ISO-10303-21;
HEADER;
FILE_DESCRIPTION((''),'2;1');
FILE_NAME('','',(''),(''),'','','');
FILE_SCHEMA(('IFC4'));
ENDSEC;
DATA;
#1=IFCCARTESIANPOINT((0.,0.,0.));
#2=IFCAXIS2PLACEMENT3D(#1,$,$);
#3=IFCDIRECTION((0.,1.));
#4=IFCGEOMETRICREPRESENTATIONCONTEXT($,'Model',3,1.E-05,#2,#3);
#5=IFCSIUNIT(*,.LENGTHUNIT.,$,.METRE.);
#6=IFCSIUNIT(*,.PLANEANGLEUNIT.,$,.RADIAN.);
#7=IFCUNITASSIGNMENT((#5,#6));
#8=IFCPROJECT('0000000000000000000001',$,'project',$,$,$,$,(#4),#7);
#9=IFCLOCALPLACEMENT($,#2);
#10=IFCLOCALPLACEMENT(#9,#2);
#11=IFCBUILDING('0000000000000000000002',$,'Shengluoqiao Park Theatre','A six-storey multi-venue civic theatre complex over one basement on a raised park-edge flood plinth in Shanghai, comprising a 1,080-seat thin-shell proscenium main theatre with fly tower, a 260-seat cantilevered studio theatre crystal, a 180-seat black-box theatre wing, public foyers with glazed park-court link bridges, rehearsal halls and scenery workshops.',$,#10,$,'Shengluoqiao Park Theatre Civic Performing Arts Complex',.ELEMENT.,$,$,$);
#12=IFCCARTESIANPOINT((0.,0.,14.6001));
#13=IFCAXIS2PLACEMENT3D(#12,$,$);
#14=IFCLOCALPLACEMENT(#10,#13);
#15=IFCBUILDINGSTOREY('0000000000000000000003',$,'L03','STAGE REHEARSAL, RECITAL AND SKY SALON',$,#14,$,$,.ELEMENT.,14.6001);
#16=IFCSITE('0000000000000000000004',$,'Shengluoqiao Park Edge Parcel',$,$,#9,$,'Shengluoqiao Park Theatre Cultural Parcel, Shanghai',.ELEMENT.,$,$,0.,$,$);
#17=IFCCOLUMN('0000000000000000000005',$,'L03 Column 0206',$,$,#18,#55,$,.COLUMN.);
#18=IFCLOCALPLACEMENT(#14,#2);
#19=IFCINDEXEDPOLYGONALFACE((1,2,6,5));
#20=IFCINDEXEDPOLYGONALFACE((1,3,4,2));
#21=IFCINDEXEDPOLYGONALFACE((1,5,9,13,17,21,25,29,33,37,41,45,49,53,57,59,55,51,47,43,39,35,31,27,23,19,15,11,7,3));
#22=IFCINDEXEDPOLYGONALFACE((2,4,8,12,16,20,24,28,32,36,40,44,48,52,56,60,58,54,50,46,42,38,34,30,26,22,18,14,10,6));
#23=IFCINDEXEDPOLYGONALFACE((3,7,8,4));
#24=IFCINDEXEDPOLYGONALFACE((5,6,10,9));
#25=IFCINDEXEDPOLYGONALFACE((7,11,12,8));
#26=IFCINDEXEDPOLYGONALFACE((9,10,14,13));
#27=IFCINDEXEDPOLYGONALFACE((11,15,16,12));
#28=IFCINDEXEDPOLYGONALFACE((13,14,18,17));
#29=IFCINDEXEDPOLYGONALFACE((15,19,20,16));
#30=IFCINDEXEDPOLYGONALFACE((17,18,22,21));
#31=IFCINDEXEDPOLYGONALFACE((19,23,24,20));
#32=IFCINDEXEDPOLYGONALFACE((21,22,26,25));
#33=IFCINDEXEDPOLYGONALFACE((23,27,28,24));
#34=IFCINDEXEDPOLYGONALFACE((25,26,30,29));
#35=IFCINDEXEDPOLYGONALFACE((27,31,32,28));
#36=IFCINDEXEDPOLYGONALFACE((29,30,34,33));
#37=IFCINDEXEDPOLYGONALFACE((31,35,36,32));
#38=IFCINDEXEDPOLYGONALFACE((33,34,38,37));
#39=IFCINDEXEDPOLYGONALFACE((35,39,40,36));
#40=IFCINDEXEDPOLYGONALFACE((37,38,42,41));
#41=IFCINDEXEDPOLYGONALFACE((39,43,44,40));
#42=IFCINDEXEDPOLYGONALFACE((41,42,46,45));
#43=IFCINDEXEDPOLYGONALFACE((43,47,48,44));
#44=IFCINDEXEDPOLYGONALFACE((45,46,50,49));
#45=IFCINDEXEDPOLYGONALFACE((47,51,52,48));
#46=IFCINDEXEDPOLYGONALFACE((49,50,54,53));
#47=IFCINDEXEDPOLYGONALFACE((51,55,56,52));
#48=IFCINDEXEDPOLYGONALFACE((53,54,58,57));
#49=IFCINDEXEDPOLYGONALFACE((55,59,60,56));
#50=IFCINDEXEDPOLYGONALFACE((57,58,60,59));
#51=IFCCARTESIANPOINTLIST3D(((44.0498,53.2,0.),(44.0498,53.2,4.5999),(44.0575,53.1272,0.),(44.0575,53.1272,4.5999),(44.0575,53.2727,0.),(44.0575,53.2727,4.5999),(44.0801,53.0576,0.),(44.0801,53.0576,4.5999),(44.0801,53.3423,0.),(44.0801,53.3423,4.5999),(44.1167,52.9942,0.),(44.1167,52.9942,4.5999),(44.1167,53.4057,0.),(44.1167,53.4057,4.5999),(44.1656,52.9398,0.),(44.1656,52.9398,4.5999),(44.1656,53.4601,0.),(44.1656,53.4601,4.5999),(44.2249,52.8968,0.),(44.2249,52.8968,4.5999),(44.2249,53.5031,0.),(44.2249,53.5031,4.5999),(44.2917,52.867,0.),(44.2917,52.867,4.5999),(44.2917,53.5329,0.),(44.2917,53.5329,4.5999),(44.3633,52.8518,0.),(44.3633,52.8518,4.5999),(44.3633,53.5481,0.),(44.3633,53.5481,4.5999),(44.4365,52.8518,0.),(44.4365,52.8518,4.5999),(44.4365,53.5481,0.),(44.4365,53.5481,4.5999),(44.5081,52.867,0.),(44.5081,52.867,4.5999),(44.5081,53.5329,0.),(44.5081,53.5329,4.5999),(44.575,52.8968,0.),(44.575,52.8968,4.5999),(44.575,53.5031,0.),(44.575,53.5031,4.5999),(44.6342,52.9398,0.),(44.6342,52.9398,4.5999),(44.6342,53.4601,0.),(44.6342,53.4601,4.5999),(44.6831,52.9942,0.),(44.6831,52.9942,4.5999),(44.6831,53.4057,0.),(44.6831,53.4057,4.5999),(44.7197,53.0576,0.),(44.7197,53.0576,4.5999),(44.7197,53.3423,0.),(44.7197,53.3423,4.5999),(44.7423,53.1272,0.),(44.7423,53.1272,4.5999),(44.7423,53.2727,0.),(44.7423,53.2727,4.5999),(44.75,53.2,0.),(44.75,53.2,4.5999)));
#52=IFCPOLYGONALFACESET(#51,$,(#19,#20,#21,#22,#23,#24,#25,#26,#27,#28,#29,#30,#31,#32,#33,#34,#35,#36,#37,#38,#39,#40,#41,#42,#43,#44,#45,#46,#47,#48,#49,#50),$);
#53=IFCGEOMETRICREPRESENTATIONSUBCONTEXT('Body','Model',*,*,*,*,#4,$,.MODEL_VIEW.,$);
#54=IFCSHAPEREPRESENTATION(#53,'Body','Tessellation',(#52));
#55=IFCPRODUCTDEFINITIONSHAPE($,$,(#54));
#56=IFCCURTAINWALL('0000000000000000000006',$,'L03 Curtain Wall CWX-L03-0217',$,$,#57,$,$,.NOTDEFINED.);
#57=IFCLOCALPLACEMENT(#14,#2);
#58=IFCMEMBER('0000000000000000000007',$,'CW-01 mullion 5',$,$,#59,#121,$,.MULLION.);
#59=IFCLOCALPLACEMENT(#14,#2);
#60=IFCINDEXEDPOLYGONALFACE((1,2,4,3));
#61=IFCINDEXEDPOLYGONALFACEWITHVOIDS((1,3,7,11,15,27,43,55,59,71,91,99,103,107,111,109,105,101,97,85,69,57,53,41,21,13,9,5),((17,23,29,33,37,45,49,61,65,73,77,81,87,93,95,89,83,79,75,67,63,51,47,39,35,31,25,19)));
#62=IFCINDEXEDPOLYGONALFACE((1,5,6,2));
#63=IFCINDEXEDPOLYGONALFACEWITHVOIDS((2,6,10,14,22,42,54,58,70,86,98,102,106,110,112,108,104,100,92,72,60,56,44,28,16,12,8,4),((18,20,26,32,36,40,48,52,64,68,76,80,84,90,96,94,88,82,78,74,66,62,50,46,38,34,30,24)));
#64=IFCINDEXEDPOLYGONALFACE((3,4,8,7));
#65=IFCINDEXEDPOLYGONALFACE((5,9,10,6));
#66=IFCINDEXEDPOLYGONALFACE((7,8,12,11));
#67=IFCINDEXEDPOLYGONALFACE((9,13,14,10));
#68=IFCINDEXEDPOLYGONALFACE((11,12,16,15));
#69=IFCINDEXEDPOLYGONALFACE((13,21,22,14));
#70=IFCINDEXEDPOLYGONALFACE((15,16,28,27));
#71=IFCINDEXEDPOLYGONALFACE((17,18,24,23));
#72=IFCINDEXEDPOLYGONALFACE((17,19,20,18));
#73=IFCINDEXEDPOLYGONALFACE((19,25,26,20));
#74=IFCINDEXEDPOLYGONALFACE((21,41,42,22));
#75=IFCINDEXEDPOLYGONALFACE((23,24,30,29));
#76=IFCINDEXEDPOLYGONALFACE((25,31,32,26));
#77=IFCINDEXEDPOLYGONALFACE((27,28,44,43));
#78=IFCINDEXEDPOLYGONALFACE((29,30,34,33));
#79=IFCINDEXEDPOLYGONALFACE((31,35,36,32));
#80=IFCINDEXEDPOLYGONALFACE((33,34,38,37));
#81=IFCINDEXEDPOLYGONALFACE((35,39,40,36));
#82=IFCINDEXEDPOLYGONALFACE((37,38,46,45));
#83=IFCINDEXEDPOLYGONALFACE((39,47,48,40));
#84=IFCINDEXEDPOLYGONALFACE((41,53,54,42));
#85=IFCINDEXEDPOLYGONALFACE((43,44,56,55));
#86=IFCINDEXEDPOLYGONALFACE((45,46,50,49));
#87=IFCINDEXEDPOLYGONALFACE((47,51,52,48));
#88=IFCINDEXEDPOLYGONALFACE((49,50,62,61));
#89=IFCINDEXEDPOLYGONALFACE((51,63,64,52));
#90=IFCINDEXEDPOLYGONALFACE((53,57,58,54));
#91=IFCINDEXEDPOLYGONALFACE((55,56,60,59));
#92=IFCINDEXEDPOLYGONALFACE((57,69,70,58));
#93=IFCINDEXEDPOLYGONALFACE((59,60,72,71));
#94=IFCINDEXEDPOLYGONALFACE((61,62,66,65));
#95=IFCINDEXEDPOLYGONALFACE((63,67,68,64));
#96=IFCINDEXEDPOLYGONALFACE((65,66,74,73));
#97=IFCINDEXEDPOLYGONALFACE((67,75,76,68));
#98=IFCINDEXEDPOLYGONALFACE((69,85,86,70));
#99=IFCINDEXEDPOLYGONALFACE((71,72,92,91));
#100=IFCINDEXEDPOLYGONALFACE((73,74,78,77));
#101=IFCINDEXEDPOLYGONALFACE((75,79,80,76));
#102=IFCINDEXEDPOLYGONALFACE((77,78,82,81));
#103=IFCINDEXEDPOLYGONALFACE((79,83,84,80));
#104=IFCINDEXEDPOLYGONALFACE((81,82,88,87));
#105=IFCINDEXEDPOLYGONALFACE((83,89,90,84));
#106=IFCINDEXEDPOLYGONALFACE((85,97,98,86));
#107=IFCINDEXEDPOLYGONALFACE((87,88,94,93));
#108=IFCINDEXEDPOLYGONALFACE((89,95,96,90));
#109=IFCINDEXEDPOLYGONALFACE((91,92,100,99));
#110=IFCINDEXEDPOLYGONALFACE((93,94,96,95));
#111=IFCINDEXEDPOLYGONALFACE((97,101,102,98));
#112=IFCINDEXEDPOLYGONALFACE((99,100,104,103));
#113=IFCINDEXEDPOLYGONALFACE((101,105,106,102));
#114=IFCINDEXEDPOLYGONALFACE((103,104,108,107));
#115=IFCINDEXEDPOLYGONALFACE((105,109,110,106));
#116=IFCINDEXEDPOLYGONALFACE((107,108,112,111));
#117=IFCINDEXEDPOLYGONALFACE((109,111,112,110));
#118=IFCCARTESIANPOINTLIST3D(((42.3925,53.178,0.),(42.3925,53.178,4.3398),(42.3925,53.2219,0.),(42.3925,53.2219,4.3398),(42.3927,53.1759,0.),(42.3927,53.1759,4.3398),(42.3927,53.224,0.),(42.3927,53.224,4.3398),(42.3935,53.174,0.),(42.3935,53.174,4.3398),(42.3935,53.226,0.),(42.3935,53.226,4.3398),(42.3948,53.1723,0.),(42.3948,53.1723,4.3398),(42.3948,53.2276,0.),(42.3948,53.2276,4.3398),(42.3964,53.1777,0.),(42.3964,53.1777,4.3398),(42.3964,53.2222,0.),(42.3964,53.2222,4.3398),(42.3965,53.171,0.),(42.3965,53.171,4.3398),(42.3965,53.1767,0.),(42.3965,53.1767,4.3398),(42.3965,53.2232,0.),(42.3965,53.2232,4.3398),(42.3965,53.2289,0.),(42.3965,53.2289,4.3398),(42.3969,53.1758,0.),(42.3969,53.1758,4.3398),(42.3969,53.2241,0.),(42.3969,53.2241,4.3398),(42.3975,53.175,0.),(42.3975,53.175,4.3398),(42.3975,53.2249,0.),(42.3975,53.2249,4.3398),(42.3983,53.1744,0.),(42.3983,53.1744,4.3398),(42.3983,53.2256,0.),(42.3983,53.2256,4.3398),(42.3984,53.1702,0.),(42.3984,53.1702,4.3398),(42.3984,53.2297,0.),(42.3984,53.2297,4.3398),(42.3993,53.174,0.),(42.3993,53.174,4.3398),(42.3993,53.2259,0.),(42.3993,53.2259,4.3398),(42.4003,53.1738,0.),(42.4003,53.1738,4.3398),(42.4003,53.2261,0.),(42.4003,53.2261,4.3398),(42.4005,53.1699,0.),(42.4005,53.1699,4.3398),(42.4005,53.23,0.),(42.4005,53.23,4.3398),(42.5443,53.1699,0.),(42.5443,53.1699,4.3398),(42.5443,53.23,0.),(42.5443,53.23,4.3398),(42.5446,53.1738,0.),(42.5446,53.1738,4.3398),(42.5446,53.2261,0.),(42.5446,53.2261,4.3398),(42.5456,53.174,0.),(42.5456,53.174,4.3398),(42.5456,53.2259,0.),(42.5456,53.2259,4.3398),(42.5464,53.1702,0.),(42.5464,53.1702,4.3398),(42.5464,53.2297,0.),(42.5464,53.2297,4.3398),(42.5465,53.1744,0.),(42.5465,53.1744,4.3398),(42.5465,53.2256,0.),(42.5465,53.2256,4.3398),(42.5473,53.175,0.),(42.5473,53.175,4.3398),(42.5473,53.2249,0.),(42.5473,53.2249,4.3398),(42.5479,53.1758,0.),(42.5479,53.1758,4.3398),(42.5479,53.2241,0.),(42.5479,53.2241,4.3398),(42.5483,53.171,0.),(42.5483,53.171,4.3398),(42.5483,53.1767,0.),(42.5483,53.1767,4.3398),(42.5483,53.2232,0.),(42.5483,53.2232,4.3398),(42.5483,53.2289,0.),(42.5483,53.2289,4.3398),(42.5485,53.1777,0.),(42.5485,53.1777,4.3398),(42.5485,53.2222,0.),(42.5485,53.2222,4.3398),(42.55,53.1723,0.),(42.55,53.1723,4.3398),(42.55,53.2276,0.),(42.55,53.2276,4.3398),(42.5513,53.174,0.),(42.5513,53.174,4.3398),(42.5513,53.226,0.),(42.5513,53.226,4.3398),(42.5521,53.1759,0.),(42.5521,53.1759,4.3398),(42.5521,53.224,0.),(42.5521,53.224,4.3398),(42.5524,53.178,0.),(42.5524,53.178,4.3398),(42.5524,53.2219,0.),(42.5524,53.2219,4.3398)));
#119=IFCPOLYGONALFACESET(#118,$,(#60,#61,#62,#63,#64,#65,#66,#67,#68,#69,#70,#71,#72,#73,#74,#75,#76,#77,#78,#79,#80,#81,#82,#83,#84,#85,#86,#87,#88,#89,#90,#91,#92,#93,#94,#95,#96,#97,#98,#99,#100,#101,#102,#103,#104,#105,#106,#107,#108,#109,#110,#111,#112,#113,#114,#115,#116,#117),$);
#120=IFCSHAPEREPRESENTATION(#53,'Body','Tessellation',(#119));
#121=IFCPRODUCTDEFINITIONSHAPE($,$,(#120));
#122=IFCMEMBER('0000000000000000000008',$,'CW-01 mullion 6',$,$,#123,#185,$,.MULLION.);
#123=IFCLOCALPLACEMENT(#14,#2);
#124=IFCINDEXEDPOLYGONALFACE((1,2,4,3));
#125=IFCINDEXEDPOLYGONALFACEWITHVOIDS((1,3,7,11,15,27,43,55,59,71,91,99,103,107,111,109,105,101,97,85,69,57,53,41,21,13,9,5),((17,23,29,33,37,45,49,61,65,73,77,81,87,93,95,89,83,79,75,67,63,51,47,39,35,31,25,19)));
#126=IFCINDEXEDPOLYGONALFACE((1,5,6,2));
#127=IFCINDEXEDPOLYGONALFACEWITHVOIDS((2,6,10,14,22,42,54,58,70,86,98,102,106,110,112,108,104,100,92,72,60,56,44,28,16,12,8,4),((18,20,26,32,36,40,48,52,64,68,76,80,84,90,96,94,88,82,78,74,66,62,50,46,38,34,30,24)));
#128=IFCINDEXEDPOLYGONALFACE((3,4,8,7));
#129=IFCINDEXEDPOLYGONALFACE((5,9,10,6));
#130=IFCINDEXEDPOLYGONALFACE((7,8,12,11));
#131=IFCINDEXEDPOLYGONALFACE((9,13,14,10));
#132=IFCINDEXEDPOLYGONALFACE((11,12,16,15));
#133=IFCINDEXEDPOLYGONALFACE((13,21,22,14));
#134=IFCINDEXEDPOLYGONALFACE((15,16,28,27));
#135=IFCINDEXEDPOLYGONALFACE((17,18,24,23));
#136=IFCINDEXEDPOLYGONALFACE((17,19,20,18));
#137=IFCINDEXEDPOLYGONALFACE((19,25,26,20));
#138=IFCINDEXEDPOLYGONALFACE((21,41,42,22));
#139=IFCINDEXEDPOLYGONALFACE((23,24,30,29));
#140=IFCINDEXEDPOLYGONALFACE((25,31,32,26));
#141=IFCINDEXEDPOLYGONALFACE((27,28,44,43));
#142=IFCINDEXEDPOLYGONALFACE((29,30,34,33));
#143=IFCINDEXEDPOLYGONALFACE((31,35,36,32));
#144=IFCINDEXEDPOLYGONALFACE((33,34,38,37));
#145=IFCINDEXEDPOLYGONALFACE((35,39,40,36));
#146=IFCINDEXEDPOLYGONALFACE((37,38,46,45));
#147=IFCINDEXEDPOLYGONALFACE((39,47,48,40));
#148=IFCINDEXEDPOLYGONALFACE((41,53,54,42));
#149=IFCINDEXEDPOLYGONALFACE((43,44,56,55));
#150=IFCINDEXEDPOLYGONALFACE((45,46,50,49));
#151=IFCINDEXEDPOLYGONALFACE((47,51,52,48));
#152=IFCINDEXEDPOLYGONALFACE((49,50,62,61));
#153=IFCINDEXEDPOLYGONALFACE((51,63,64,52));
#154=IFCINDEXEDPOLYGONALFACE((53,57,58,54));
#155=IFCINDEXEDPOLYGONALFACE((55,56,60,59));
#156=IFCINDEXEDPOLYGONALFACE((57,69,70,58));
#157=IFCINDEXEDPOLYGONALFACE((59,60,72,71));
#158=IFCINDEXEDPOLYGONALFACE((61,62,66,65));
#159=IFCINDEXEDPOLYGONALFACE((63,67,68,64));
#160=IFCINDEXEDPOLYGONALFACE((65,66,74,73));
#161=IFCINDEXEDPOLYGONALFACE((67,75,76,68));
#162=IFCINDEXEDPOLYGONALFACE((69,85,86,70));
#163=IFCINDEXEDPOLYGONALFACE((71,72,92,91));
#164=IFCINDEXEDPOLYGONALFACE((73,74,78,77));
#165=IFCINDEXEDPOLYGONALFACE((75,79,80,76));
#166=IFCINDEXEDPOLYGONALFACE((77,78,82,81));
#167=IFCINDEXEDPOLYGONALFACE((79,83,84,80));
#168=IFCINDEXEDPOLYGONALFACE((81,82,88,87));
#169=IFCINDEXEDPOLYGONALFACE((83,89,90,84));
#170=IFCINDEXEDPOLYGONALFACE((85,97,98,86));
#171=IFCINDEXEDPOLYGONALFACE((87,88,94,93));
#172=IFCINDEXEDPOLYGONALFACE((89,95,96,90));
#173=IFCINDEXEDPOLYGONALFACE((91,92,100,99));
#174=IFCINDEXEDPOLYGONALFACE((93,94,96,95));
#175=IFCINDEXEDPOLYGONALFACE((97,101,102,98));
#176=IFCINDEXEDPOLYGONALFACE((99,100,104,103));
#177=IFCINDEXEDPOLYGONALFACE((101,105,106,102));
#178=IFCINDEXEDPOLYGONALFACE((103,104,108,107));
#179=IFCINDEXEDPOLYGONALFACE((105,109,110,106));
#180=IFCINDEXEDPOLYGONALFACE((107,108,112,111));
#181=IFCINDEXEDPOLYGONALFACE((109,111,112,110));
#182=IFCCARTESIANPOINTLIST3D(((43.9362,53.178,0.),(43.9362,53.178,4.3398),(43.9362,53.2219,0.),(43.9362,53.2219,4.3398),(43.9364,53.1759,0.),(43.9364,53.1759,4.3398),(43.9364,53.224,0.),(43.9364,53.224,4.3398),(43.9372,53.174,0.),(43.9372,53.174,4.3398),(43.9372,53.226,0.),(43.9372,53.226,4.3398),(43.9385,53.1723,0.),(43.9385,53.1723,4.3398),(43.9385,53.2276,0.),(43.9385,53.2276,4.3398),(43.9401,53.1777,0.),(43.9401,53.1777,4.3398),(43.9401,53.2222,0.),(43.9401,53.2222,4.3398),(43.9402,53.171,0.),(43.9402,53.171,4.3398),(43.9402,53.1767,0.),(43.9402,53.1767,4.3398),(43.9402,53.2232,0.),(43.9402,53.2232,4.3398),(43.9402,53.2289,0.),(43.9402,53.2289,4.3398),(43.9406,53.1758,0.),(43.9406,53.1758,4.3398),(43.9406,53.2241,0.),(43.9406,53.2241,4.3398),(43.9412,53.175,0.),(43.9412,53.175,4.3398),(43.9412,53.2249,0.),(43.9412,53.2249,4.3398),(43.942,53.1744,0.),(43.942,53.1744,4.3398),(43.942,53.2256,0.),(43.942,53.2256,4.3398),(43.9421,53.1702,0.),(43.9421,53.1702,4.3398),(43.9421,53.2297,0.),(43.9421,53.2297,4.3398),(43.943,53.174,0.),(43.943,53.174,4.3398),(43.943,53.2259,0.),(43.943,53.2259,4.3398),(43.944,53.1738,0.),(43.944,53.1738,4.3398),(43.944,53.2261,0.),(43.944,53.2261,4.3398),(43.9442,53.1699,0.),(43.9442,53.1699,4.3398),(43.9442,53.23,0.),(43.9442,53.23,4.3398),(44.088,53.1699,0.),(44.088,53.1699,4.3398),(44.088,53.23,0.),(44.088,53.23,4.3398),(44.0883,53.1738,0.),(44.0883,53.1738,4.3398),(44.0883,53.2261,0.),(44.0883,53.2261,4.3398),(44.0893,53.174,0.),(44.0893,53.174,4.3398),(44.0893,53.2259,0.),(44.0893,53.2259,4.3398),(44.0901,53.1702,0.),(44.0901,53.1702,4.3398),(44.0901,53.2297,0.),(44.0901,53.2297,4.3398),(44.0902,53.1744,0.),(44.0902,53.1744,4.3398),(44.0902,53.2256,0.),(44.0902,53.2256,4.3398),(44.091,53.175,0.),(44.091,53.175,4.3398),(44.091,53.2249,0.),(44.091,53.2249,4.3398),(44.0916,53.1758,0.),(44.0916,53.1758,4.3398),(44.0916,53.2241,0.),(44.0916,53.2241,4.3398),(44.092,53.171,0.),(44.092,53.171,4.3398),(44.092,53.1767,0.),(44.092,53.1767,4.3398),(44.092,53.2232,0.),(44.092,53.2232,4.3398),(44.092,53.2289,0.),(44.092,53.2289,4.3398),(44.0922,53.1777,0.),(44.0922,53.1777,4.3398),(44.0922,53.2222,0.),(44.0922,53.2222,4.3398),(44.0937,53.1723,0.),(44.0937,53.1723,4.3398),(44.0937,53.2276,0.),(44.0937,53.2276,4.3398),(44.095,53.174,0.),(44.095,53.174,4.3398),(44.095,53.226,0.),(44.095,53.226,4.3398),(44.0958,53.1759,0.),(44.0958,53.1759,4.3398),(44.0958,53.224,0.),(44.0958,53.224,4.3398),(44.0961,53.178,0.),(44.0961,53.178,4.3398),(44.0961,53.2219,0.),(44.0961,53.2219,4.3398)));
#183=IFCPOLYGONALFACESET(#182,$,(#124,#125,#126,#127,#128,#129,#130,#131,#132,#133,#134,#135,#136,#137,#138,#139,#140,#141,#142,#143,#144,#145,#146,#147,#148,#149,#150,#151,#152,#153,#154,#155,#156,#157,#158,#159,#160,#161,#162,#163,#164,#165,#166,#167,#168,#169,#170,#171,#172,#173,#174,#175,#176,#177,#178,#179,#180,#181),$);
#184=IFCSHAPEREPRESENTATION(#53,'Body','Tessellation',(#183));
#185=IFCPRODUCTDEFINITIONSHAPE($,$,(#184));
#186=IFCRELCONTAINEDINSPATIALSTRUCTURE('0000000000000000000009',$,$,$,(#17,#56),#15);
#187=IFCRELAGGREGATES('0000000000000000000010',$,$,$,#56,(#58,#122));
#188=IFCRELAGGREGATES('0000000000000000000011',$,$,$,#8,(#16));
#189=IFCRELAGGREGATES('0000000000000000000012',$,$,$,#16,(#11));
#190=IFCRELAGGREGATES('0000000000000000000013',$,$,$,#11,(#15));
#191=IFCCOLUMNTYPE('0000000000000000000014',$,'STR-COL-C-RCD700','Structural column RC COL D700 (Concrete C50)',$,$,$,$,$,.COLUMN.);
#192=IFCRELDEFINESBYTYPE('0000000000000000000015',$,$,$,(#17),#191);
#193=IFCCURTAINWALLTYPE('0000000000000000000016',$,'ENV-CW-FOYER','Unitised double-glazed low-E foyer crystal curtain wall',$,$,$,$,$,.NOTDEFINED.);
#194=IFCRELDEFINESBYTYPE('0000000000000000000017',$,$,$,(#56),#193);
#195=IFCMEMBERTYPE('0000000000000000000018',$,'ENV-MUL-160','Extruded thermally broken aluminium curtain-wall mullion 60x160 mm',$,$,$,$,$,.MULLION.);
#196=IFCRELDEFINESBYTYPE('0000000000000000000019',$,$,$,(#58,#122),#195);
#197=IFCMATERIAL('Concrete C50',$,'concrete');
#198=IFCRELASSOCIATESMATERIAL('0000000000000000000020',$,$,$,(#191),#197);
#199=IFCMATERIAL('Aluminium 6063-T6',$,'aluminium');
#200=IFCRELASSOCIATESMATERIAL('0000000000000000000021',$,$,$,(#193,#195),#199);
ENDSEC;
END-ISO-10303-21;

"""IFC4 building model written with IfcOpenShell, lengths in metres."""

from ifc_helpers import new_model, si_unit, direction, frame, origin, origin_2d, place, context, subcontext, project, spatial, hollow_rectangle, circle, extrude, material, material_profile, profile_set, type_object, element, aggregate, save


model = new_model("IFC4")

# Units and contexts
model_context = context("Model", 3, precision=1e-05, world=origin(), true_north=direction((0.0, 1.0)))
body_context = subcontext(model_context, "Body", "Model", "MODEL_VIEW")
ifc_project = project(units=[si_unit("LENGTHUNIT", "METRE"), si_unit("PLANEANGLEUNIT", "RADIAN")], contexts=[model_context])

# Site, building, storey
site_placement = place(None, origin())
site = spatial("IfcSite", under=ifc_project, at=site_placement, Name="Shengluoqiao Park Edge Parcel", LongName="Shengluoqiao Park Theatre Cultural Parcel, Shanghai", CompositionType="ELEMENT", RefElevation=0.0)
building_placement = place(site_placement, origin())
building = spatial("IfcBuilding", under=site, at=building_placement, Name="Shengluoqiao Park Theatre", Description="A six-storey multi-venue civic theatre complex over one basement on a raised park-edge flood plinth in Shanghai, comprising a 1,080-seat thin-shell proscenium main theatre with fly tower, a 260-seat cantilevered studio theatre crystal, a 180-seat black-box theatre wing, public foyers with glazed park-court link bridges, rehearsal halls and scenery workshops.", LongName="Shengluoqiao Park Theatre Civic Performing Arts Complex", CompositionType="ELEMENT")
storey_placement = place(building_placement, frame((0.0, 0.0, 14.6001)))
storey = spatial("IfcBuildingStorey", under=building, at=storey_placement, Name="L03", Description="STAGE REHEARSAL, RECITAL AND SKY SALON", CompositionType="ELEMENT", Elevation=14.6001)

# Column
ifc_material_1 = material(Name="Concrete C50", Category="concrete")
ifc_material_profile_1 = material_profile(ifc_material_1, circle(Radius=0.3501, at=origin_2d()), Name="RC COL D700")
ifc_profile_set_1 = profile_set([ifc_material_profile_1], Name="Concrete C50")
column_type = type_object("IfcColumnType", Name="STR-COL-C-RCD700", Description="Structural column RC COL D700 (Concrete C50)", PredefinedType="COLUMN", material=ifc_profile_set_1)
column_placement = place(storey_placement, frame((44.3999, 53.2, 0.0), z_axis=(0.0, 0.0, 1.0), x_axis=(1.0, 0.0, 0.0)))
element("IfcColumn", 1, at=column_placement, inside=storey, type_object=column_type, Name="L03 Column 0206", PredefinedType="COLUMN", context=body_context, shape_type="SweptSolid", body=[
    extrude(circle(Radius=0.3501, at=origin_2d()), origin(), (0.0, 0.0, 1.0), 4.5999),
])

# Curtain wall, members
ifc_material_2 = material(Name="Aluminium 6063-T6", Category="aluminium")
curtain_wall_type_1 = type_object("IfcCurtainWallType", Name="ENV-CW-FOYER", Description="Unitised double-glazed low-E foyer crystal curtain wall", PredefinedType="NOTDEFINED", material=ifc_material_2)
curtain_wall_1_placement = place(storey_placement, origin())
curtain_wall_1 = element("IfcCurtainWall", 2, at=curtain_wall_1_placement, inside=storey, type_object=curtain_wall_type_1, Name="L03 Curtain Wall CWX-L03-0217", PredefinedType="NOTDEFINED")
ifc_material_profile_2 = material_profile(ifc_material_2, hollow_rectangle(XDim=0.0601, YDim=0.1599, WallThickness=0.0039, InnerFilletRadius=0.0039, OuterFilletRadius=0.0081, at=origin_2d()), Name="ALU MULLION 160x60x4")
ifc_profile_set_2 = profile_set([ifc_material_profile_2], Name="Aluminium 6063-T6")
member_type_1 = type_object("IfcMemberType", Name="ENV-MUL-160", Description="Extruded thermally broken aluminium curtain-wall mullion 60x160 mm", PredefinedType="MULLION", material=ifc_profile_set_2)
member_1_placement = place(storey_placement, frame((42.4724, 53.2, 0.0), z_axis=(0.0, 0.0, 1.0), x_axis=(0.0, 1.0, 0.0)))
member_1 = element("IfcMember", 3, at=member_1_placement, type_object=member_type_1, Name="CW-01 mullion 5", PredefinedType="MULLION", context=body_context, shape_type="SweptSolid", body=[
    extrude(hollow_rectangle(XDim=0.0601, YDim=0.1599, WallThickness=0.0039, InnerFilletRadius=0.0039, OuterFilletRadius=0.0081, at=origin_2d()), origin(), (0.0, 0.0, 1.0), 4.3398),
])
member_2_placement = place(storey_placement, frame((44.0161, 53.2, 0.0), z_axis=(0.0, 0.0, 1.0), x_axis=(0.0, 1.0, 0.0)))
member_2 = element("IfcMember", 4, at=member_2_placement, type_object=member_type_1, Name="CW-01 mullion 6", PredefinedType="MULLION", context=body_context, shape_type="SweptSolid", body=[
    extrude(hollow_rectangle(XDim=0.0601, YDim=0.1599, WallThickness=0.0039, InnerFilletRadius=0.0039, OuterFilletRadius=0.0081, at=origin_2d()), origin(), (0.0, 0.0, 1.0), 4.3398),
])

aggregate(curtain_wall_1, [member_1, member_2])

save(model, "model.ifc")
